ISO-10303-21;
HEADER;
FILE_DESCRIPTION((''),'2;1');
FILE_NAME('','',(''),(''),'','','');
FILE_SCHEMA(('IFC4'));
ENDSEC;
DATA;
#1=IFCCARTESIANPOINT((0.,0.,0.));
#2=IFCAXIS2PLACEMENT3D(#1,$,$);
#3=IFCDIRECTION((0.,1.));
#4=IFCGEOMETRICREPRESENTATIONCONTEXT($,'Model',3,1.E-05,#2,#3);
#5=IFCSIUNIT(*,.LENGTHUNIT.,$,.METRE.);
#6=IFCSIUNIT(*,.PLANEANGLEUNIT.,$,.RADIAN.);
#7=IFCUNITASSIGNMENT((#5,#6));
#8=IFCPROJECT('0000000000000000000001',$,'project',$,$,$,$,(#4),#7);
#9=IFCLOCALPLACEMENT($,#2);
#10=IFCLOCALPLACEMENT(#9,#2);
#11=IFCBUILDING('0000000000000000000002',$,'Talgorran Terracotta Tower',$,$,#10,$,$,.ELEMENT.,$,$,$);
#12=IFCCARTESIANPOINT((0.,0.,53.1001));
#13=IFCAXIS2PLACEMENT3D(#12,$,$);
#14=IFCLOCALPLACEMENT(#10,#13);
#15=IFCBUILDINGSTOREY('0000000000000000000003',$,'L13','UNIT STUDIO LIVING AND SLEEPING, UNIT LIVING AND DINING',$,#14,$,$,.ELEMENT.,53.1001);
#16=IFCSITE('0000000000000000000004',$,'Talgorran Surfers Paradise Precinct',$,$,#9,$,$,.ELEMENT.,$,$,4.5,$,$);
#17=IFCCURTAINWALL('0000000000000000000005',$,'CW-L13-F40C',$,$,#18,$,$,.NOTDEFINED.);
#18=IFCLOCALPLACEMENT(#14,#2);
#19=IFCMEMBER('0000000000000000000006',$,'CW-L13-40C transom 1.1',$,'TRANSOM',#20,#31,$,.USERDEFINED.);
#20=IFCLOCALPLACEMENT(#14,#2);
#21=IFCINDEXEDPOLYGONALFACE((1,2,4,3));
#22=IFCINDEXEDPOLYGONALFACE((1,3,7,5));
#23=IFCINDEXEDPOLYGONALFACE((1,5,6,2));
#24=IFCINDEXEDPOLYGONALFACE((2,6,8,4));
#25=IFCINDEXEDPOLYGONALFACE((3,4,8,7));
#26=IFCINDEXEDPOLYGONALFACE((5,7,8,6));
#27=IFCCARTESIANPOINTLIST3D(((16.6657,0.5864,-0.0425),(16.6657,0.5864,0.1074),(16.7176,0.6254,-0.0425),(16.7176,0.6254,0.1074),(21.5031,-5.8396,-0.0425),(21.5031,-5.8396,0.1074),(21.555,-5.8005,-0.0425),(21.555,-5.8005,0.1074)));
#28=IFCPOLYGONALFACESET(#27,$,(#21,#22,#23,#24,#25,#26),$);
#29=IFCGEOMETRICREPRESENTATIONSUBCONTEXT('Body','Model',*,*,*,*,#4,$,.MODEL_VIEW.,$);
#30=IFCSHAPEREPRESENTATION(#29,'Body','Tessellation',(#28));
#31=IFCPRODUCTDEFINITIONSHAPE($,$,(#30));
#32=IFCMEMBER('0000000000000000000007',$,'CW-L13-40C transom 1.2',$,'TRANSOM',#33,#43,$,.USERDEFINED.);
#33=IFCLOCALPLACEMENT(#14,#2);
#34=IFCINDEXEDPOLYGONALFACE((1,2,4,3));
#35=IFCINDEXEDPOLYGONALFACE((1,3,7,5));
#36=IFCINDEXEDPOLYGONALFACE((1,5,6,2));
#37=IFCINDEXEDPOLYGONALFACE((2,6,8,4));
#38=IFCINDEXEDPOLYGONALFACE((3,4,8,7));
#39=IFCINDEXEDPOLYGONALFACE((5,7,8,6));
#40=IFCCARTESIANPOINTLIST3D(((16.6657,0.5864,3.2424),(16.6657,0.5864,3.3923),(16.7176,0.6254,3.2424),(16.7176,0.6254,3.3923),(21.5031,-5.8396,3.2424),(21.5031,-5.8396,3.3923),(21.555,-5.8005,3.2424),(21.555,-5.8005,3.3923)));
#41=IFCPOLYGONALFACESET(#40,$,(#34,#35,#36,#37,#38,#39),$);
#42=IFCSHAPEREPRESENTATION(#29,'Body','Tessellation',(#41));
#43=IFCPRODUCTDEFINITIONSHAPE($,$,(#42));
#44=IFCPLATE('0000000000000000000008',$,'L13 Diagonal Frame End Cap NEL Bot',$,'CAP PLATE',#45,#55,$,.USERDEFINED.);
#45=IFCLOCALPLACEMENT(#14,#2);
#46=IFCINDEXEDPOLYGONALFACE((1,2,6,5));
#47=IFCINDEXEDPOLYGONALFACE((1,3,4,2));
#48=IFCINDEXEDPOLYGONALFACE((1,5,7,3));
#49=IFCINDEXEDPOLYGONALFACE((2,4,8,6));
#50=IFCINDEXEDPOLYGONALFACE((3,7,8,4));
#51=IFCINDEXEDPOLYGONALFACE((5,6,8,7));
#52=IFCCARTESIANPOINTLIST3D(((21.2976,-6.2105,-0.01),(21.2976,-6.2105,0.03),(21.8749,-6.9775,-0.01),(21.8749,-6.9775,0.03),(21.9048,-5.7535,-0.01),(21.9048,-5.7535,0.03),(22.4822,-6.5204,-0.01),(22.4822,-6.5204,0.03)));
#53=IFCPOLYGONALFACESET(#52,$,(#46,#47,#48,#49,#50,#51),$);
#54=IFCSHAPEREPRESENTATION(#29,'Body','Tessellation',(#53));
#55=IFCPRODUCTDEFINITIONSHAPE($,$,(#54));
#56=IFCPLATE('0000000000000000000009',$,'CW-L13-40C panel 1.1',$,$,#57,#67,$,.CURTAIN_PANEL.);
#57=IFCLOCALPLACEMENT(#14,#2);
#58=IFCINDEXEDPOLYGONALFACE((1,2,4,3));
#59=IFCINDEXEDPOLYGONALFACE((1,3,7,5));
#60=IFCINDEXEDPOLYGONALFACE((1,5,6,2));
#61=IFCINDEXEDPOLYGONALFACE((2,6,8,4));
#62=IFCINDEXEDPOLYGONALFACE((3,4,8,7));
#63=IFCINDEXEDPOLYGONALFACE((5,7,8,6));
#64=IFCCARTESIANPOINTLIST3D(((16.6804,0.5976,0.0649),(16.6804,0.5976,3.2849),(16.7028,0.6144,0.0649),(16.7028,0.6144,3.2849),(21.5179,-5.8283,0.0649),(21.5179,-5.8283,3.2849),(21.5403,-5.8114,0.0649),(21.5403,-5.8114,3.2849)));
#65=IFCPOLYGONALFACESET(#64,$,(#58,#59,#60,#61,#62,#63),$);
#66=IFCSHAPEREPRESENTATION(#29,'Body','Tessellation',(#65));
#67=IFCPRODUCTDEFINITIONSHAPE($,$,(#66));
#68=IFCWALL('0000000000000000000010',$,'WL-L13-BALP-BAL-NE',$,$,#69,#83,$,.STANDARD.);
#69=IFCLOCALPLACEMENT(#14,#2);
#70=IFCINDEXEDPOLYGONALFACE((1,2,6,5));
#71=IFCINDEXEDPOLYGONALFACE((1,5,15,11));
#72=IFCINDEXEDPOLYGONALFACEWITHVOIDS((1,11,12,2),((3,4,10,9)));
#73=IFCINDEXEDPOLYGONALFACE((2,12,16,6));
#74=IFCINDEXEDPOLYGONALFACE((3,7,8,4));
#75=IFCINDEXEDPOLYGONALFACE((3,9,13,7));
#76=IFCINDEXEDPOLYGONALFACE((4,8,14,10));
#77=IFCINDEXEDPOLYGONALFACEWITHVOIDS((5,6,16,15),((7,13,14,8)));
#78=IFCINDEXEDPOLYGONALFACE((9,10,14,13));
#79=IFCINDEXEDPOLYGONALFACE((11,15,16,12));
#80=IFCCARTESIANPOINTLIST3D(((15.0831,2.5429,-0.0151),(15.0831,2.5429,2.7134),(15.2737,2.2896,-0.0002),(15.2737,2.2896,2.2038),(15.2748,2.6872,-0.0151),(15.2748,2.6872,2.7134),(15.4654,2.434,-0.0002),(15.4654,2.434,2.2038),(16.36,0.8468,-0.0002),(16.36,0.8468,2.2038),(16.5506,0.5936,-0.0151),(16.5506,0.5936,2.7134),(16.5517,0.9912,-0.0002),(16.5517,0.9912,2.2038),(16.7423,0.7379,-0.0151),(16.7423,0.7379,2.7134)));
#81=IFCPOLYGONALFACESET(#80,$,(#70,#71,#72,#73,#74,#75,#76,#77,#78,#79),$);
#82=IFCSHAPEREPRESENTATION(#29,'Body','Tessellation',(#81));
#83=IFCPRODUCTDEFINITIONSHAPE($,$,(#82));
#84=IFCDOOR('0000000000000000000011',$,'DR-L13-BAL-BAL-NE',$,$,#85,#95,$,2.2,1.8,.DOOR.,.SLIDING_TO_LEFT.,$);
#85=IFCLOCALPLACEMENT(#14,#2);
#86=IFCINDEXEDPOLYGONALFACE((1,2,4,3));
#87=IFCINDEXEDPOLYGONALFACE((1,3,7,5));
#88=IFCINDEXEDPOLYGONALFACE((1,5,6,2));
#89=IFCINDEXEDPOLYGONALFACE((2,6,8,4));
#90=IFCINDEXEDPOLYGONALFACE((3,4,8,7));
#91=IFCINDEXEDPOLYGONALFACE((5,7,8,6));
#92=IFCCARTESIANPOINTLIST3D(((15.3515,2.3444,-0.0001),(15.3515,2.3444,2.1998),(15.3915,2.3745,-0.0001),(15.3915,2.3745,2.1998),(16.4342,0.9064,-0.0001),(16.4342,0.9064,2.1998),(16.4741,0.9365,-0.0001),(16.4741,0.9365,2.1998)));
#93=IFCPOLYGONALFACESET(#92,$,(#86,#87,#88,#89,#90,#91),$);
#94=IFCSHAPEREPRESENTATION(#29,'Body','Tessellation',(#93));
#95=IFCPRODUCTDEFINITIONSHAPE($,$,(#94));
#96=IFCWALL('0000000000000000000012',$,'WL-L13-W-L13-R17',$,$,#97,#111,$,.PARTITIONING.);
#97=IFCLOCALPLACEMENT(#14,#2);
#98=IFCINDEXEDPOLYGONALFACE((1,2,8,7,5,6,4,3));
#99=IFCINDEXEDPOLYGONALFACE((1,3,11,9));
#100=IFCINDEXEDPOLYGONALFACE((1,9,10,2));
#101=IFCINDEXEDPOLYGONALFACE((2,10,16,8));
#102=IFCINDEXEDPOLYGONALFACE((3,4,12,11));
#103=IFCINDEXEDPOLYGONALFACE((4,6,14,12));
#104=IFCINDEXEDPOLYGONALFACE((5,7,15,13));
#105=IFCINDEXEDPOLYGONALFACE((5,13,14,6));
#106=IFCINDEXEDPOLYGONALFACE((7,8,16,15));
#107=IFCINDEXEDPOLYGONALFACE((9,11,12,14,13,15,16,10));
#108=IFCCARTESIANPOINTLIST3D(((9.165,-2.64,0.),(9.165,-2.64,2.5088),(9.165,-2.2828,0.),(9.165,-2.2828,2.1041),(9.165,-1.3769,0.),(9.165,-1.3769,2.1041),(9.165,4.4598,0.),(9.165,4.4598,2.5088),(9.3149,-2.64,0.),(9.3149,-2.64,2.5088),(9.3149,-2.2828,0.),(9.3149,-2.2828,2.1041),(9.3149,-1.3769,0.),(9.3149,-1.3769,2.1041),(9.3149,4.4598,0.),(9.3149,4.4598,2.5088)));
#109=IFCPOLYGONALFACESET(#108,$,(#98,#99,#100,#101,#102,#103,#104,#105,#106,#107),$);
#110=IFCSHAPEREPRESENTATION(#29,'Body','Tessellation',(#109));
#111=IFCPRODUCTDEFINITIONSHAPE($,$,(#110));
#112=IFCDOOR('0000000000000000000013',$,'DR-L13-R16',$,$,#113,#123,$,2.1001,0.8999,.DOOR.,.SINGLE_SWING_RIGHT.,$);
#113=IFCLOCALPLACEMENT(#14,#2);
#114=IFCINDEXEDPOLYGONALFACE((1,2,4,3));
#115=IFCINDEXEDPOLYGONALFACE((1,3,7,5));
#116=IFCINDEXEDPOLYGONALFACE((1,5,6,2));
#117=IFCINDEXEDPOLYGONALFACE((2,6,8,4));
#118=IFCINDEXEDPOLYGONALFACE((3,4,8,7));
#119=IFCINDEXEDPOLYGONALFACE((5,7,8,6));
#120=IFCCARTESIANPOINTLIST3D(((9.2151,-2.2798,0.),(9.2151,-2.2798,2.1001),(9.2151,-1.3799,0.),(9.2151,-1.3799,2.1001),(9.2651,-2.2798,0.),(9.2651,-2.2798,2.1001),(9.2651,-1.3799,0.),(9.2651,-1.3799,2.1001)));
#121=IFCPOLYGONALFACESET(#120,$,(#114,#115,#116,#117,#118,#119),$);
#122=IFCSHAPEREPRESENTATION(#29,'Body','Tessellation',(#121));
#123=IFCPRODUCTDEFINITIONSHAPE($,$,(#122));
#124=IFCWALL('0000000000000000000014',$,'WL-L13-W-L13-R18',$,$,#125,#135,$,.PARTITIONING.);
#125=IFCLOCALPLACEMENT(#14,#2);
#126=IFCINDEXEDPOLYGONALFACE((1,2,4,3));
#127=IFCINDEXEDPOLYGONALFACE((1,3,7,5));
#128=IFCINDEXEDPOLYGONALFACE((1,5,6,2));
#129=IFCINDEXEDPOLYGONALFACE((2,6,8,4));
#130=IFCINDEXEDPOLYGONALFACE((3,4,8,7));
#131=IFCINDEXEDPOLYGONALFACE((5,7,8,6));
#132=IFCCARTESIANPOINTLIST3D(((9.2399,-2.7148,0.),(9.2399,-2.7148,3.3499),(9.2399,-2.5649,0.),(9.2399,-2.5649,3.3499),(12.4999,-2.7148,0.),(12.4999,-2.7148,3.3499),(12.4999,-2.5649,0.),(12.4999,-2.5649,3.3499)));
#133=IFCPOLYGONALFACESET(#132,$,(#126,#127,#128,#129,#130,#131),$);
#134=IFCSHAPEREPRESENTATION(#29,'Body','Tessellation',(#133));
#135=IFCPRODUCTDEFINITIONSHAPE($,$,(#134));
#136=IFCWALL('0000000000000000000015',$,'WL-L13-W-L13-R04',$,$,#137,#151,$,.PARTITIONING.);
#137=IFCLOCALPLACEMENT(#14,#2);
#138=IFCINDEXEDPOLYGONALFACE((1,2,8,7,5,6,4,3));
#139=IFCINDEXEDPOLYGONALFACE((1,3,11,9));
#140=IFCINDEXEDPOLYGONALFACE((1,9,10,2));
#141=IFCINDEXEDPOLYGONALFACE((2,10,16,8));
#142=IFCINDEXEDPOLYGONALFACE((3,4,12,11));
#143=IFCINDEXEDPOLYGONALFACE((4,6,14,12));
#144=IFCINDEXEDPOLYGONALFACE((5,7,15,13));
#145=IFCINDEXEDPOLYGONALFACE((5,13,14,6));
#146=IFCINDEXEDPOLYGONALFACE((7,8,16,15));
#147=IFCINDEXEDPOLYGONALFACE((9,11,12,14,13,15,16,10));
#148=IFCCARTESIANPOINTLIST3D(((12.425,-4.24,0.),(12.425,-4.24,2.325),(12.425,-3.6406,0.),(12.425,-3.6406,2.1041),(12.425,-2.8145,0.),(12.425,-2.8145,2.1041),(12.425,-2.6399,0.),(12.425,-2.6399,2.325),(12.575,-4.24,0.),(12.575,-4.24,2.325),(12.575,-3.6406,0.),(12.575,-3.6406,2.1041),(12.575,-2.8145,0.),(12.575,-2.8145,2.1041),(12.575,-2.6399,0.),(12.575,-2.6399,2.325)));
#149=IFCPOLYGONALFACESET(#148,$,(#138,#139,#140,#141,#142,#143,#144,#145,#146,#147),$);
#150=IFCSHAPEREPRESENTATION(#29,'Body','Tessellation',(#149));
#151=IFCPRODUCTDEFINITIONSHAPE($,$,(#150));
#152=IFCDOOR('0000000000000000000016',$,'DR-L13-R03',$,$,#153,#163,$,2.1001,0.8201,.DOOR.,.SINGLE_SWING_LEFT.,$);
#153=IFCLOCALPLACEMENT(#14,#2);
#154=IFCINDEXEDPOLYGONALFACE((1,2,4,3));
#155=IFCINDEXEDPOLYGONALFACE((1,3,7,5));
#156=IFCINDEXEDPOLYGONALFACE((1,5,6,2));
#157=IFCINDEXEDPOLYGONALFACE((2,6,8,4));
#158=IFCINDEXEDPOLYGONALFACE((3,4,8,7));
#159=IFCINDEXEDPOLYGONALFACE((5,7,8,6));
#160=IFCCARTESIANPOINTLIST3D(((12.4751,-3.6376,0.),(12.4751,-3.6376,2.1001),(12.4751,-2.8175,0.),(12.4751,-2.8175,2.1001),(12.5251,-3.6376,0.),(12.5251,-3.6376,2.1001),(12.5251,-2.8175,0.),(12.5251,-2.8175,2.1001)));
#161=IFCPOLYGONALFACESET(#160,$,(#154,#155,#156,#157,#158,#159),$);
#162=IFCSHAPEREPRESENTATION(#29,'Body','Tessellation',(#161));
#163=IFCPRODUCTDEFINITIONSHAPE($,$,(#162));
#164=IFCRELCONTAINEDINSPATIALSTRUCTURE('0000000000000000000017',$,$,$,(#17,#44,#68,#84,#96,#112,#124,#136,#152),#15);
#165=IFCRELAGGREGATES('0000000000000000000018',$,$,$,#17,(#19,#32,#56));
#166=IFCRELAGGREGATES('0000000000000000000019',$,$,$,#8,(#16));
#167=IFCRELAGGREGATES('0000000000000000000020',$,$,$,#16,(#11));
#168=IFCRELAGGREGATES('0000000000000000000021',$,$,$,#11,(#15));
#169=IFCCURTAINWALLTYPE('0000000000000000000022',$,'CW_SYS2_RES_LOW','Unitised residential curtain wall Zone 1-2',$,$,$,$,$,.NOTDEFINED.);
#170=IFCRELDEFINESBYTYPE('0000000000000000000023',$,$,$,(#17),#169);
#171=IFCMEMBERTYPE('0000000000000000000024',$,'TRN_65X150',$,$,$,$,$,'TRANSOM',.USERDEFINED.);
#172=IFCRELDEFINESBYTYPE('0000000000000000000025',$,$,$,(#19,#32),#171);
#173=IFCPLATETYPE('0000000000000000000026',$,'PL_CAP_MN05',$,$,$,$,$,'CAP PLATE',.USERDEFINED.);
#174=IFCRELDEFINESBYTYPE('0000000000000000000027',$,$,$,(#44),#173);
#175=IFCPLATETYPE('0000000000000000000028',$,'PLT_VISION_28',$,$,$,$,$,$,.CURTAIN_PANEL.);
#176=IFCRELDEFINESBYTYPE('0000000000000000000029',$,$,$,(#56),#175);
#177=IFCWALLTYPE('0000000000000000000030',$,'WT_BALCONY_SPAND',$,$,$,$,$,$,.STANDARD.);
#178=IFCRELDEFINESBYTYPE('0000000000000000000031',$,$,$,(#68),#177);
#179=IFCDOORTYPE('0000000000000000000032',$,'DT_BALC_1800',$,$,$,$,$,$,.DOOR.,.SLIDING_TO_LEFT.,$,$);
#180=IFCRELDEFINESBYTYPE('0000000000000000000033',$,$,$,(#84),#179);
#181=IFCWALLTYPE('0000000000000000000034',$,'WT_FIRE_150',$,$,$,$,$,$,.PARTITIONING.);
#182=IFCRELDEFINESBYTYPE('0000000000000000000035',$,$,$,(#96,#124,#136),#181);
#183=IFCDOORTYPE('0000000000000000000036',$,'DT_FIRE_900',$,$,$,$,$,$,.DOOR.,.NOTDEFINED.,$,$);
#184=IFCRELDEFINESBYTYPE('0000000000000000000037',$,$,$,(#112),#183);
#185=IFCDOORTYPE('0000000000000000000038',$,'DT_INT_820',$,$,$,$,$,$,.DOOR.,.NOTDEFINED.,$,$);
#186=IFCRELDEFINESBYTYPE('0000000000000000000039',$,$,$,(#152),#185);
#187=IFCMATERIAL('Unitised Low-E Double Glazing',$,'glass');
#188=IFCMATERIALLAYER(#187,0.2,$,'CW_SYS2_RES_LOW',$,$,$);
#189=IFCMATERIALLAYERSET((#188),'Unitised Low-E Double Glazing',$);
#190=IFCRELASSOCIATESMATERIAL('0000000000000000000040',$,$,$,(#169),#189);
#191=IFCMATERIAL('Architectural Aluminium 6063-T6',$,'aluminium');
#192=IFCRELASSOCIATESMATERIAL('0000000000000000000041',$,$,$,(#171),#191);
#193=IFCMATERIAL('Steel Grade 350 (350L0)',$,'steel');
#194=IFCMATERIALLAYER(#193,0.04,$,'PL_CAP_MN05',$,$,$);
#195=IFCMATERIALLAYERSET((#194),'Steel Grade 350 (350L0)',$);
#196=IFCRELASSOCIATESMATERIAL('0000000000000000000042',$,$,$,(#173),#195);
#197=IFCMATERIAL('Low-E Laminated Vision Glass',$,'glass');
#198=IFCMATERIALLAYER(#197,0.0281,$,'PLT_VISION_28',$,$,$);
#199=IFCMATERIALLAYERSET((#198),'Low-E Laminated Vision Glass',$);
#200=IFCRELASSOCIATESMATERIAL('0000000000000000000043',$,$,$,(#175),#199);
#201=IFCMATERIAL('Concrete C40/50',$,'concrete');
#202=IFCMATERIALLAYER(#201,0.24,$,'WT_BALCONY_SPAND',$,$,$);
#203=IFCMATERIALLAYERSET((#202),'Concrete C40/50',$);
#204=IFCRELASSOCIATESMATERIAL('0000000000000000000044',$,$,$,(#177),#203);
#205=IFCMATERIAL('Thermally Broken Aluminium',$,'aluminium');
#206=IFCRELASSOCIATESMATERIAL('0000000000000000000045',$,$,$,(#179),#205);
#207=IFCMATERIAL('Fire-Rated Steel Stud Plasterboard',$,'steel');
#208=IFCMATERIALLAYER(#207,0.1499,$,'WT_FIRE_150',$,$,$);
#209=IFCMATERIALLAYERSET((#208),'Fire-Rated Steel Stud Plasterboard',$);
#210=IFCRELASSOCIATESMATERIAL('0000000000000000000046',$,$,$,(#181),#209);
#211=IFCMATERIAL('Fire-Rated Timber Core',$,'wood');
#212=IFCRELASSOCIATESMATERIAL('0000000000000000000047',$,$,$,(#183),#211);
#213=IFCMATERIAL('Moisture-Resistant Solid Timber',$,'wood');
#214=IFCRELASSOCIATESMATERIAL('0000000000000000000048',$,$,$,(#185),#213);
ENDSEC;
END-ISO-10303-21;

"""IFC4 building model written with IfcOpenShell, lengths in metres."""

from ifc_helpers import new_model, si_unit, direction, frame, frame_2d, origin, origin_2d, place, context, subcontext, project, spatial, rectangle, extrude, source, transform, mapped, material, layer, layer_set, material_profile, profile_set, type_object, type_shapes, element, fill, aggregate, save


model = new_model("IFC4")

# Units and contexts
model_context = context("Model", 3, precision=1e-05, world=origin(), true_north=direction((0.0, 1.0)))
body_context = subcontext(model_context, "Body", "Model", "MODEL_VIEW")
ifc_project = project(units=[si_unit("LENGTHUNIT", "METRE"), si_unit("PLANEANGLEUNIT", "RADIAN")], contexts=[model_context])

# Site, building, storey
site_placement = place(None, origin())
site = spatial("IfcSite", under=ifc_project, at=site_placement, Name="Talgorran Surfers Paradise Precinct", CompositionType="ELEMENT", RefElevation=4.5)
building_placement = place(site_placement, origin())
building = spatial("IfcBuilding", under=site, at=building_placement, Name="Talgorran Terracotta Tower", CompositionType="ELEMENT")
storey_placement = place(building_placement, frame((0.0, 0.0, 53.1001)))
storey = spatial("IfcBuildingStorey", under=building, at=storey_placement, Name="L13", Description="UNIT STUDIO LIVING AND SLEEPING, UNIT LIVING AND DINING", CompositionType="ELEMENT", Elevation=53.1001)

# Shared definitions
ifc_material_1 = material(Name="Steel Grade 350 (350L0)", Category="steel")

# Shared definitions
ifc_material_2 = material(Name="Unitised Low-E Double Glazing", Category="glass")
ifc_layer_1 = layer(ifc_material_2, 0.2, Name="CW_SYS2_RES_LOW")
ifc_layer_set_1 = layer_set([ifc_layer_1], Name="Unitised Low-E Double Glazing")
curtain_wall_type = type_object("IfcCurtainWallType", Name="CW_SYS2_RES_LOW", Description="Unitised residential curtain wall Zone 1-2", PredefinedType="NOTDEFINED", material=ifc_layer_set_1)
ifc_material_3 = material(Name="Architectural Aluminium 6063-T6", Category="aluminium")

# Curtain wall, members
curtain_wall_1_placement = place(storey_placement, origin())
curtain_wall_1 = element("IfcCurtainWall", 1, at=curtain_wall_1_placement, inside=storey, type_object=curtain_wall_type, Name="CW-L13-F40C", PredefinedType="NOTDEFINED")
ifc_material_profile_1 = material_profile(ifc_material_3, rectangle(XDim=0.0649, YDim=0.1499, at=origin_2d()), Name="CWT65X150")
ifc_profile_set_1 = profile_set([ifc_material_profile_1], Name="Architectural Aluminium 6063-T6")
member_type_1 = type_object("IfcMemberType", Name="TRN_65X150", ElementType="TRANSOM", PredefinedType="USERDEFINED", material=ifc_profile_set_1)
member_1_placement = place(storey_placement, frame((21.5291, -5.8201, 0.0325), z_axis=(-0.601422, 0.798932, 0.0), x_axis=(-0.798932, -0.601422, 0.0)))
member_1 = element("IfcMember", 2, at=member_1_placement, type_object=member_type_1, Name="CW-L13-40C transom 1.1", ObjectType="TRANSOM", PredefinedType="USERDEFINED", context=body_context, shape_type="SweptSolid", body=[
    extrude(rectangle(XDim=0.0649, YDim=0.1499, at=origin_2d()), origin(), (0.0, 0.0, 1.0), 8.0432),
])
member_2_placement = place(storey_placement, frame((21.5291, -5.8201, 3.3174), z_axis=(-0.601422, 0.798932, 0.0), x_axis=(-0.798932, -0.601422, 0.0)))
member_2 = element("IfcMember", 3, at=member_2_placement, type_object=member_type_1, Name="CW-L13-40C transom 1.2", ObjectType="TRANSOM", PredefinedType="USERDEFINED", context=body_context, shape_type="SweptSolid", body=[
    extrude(rectangle(XDim=0.0649, YDim=0.1499, at=origin_2d()), origin(), (0.0, 0.0, 1.0), 8.0432),
])

# Plates
ifc_layer_2 = layer(ifc_material_1, 0.04, Name="PL_CAP_MN05")
ifc_layer_set_2 = layer_set([ifc_layer_2], Name="Steel Grade 350 (350L0)")
plate_type_1 = type_object("IfcPlateType", Name="PL_CAP_MN05", ElementType="CAP PLATE", PredefinedType="USERDEFINED", material=ifc_layer_set_2)
plate_1_placement = place(storey_placement, frame((21.8899, -6.3655, -0.01), z_axis=(0.0, 0.0, 1.0), x_axis=(0.601397, -0.798951, 0.0)))
element("IfcPlate", 4, at=plate_1_placement, inside=storey, type_object=plate_type_1, Name="L13 Diagonal Frame End Cap NEL Bot", ObjectType="CAP PLATE", PredefinedType="USERDEFINED", context=body_context, shape_type="SweptSolid", body=[
    extrude(rectangle(XDim=0.96, YDim=0.76, at=origin_2d()), origin(), (0.0, 0.0, 1.0), 0.04),
])
ifc_material_4 = material(Name="Low-E Laminated Vision Glass", Category="glass")
ifc_layer_3 = layer(ifc_material_4, 0.0281, Name="PLT_VISION_28")
ifc_layer_set_3 = layer_set([ifc_layer_3], Name="Low-E Laminated Vision Glass")
plate_type_2 = type_object("IfcPlateType", Name="PLT_VISION_28", PredefinedType="CURTAIN_PANEL", material=ifc_layer_set_3)
shared_shape = source(origin(), body_context, "Body", "SweptSolid", [
    extrude(rectangle(XDim=8.0432, YDim=0.0281, at=origin_2d()), origin(), (0.0, 0.0, 1.0), 3.22),
])
type_shapes(plate_type_2, [shared_shape])
plate_2_placement = place(storey_placement, frame((19.1104, -2.6069, 0.0649), z_axis=(0.0, 0.0, 1.0), x_axis=(-0.601442, 0.798917, 0.0)))
plate_2 = element("IfcPlate", 5, at=plate_2_placement, type_object=plate_type_2, Name="CW-L13-40C panel 1.1", PredefinedType="CURTAIN_PANEL", context=body_context, shape_type="MappedRepresentation", body=[
    mapped(shared_shape, transform((0.0, 0.0, 0.0), scale=1.0)),
])
aggregate(curtain_wall_1, [member_1, member_2, plate_2])

# Walls, openings, doors
ifc_material_5 = material(Name="Concrete C40/50", Category="concrete")
ifc_layer_4 = layer(ifc_material_5, 0.24, Name="WT_BALCONY_SPAND")
ifc_layer_set_4 = layer_set([ifc_layer_4], Name="Concrete C40/50")
wall_type_1 = type_object("IfcWallType", Name="WT_BALCONY_SPAND", PredefinedType="STANDARD", material=ifc_layer_set_4)
wall_1_placement = place(storey_placement, frame((16.6465, 0.6658, -0.0151), z_axis=(0.0, 0.0, 1.0), x_axis=(-0.601472, 0.798894, 0.0)))
wall_1 = element("IfcWall", 6, at=wall_1_placement, inside=storey, type_object=wall_type_1, Name="WL-L13-BALP-BAL-NE", PredefinedType="STANDARD", context=body_context, shape_type="SweptSolid", body=[
    extrude(rectangle(XDim=2.4399, YDim=0.24, at=frame_2d((1.22, 0.0))), origin(), (0.0, 0.0, 1.0), 2.7285),
])
opening_1_placement = place(wall_1_placement, frame((0.3201, 0.0, 0.0149)))
opening_1 = element("IfcOpeningElement", 7, at=opening_1_placement, cuts=wall_1, PredefinedType="OPENING", context=body_context, shape_type="SweptSolid", body=[
    extrude(rectangle(XDim=1.806, YDim=2.204, at=frame_2d((0.8999, 1.1021))), frame((0.0, 0.1299, 0.0), z_axis=(0.0, -1.0, 0.0), x_axis=(1.0, 0.0, 0.0)), (0.0, 0.0, 1.0), 0.26),
])
ifc_material_6 = material(Name="Thermally Broken Aluminium", Category="aluminium")
door_type_1 = type_object("IfcDoorType", Name="DT_BALC_1800", OperationType="SLIDING_TO_LEFT", PredefinedType="DOOR", material=ifc_material_6)
door_1_placement = place(opening_1_placement, origin())
door_1 = element("IfcDoor", 8, at=door_1_placement, inside=storey, type_object=door_type_1, Name="DR-L13-BAL-BAL-NE", OperationType="SLIDING_TO_LEFT", OverallHeight=2.2, OverallWidth=1.8, PredefinedType="DOOR", context=body_context, shape_type="SweptSolid", body=[
    extrude(rectangle(XDim=1.8, YDim=2.2, at=frame_2d((0.8999, 1.1001))), frame((0.0, 0.0249, 0.0), z_axis=(0.0, -1.0, 0.0), x_axis=(1.0, 0.0, 0.0)), (0.0, 0.0, 1.0), 0.05),
])
fill(opening_1, door_1)
ifc_material_7 = material(Name="Fire-Rated Steel Stud Plasterboard", Category="steel")
ifc_layer_5 = layer(ifc_material_7, 0.1499, Name="WT_FIRE_150")
ifc_layer_set_5 = layer_set([ifc_layer_5], Name="Fire-Rated Steel Stud Plasterboard")
wall_type_2 = type_object("IfcWallType", Name="WT_FIRE_150", PredefinedType="PARTITIONING", material=ifc_layer_set_5)
wall_2_placement = place(storey_placement, frame((9.24, -2.6399, 0.0), z_axis=(0.0, 0.0, 1.0), x_axis=(0.0, 1.0, 0.0)))
wall_2 = element("IfcWall", 9, at=wall_2_placement, inside=storey, type_object=wall_type_2, Name="WL-L13-W-L13-R17", PredefinedType="PARTITIONING", context=body_context, shape_type="SweptSolid", body=[
    extrude(rectangle(XDim=7.0999, YDim=0.1499, at=frame_2d((3.5498, 0.0))), origin(), (0.0, 0.0, 1.0), 2.5088),
])
opening_2_placement = place(wall_2_placement, frame((0.3601, 0.0, 0.0)))
opening_2 = element("IfcOpeningElement", 10, at=opening_2_placement, cuts=wall_2, PredefinedType="OPENING", context=body_context, shape_type="SweptSolid", body=[
    extrude(rectangle(XDim=0.9059, YDim=2.1041, at=frame_2d((0.45, 1.052))), frame((0.0, 0.085, 0.0), z_axis=(0.0, -1.0, 0.0), x_axis=(1.0, 0.0, 0.0)), (0.0, 0.0, 1.0), 0.1699),
])
ifc_material_8 = material(Name="Fire-Rated Timber Core", Category="wood")
door_type_2 = type_object("IfcDoorType", Name="DT_FIRE_900", OperationType="NOTDEFINED", PredefinedType="DOOR", material=ifc_material_8)
door_2_placement = place(opening_2_placement, origin())
door_2 = element("IfcDoor", 11, at=door_2_placement, inside=storey, type_object=door_type_2, Name="DR-L13-R16", OperationType="SINGLE_SWING_RIGHT", OverallHeight=2.1001, OverallWidth=0.8999, PredefinedType="DOOR", context=body_context, shape_type="SweptSolid", body=[
    extrude(rectangle(XDim=0.8999, YDim=2.1001, at=frame_2d((0.45, 1.05))), frame((0.0, 0.0249, 0.0), z_axis=(0.0, -1.0, 0.0), x_axis=(1.0, 0.0, 0.0)), (0.0, 0.0, 1.0), 0.05),
])
fill(opening_2, door_2)

# Wall
wall_3_placement = place(storey_placement, frame((9.24, -2.6399, 0.0), z_axis=(0.0, 0.0, 1.0), x_axis=(1.0, 0.0, 0.0)))
element("IfcWall", 12, at=wall_3_placement, inside=storey, type_object=wall_type_2, Name="WL-L13-W-L13-R18", PredefinedType="PARTITIONING", context=body_context, shape_type="SweptSolid", body=[
    extrude(rectangle(XDim=3.26, YDim=0.1499, at=frame_2d((1.6299, 0.0))), origin(), (0.0, 0.0, 1.0), 3.3499),
])

# Wall, opening, door
wall_4_placement = place(storey_placement, frame((12.5, -4.24, 0.0), z_axis=(0.0, 0.0, 1.0), x_axis=(0.0, 1.0, 0.0)))
wall_4 = element("IfcWall", 13, at=wall_4_placement, inside=storey, type_object=wall_type_2, Name="WL-L13-W-L13-R04", PredefinedType="PARTITIONING", context=body_context, shape_type="SweptSolid", body=[
    extrude(rectangle(XDim=1.6001, YDim=0.1499, at=frame_2d((0.8, 0.0))), origin(), (0.0, 0.0, 1.0), 2.325),
])
opening_3_placement = place(wall_4_placement, frame((0.6023, 0.0, 0.0)))
opening_3 = element("IfcOpeningElement", 14, at=opening_3_placement, cuts=wall_4, PredefinedType="OPENING", context=body_context, shape_type="SweptSolid", body=[
    extrude(rectangle(XDim=0.8261, YDim=2.1041, at=frame_2d((0.4102, 1.052))), frame((0.0, 0.085, 0.0), z_axis=(0.0, -1.0, 0.0), x_axis=(1.0, 0.0, 0.0)), (0.0, 0.0, 1.0), 0.1699),
])
ifc_material_9 = material(Name="Moisture-Resistant Solid Timber", Category="wood")
door_type_3 = type_object("IfcDoorType", Name="DT_INT_820", OperationType="NOTDEFINED", PredefinedType="DOOR", material=ifc_material_9)
door_3_placement = place(opening_3_placement, origin())
door_3 = element("IfcDoor", 15, at=door_3_placement, inside=storey, type_object=door_type_3, Name="DR-L13-R03", OperationType="SINGLE_SWING_LEFT", OverallHeight=2.1001, OverallWidth=0.8201, PredefinedType="DOOR", context=body_context, shape_type="SweptSolid", body=[
    extrude(rectangle(XDim=0.8201, YDim=2.1001, at=frame_2d((0.4102, 1.05))), frame((0.0, 0.0249, 0.0), z_axis=(0.0, -1.0, 0.0), x_axis=(1.0, 0.0, 0.0)), (0.0, 0.0, 1.0), 0.05),
])
fill(opening_3, door_3)

save(model, "model.ifc")
